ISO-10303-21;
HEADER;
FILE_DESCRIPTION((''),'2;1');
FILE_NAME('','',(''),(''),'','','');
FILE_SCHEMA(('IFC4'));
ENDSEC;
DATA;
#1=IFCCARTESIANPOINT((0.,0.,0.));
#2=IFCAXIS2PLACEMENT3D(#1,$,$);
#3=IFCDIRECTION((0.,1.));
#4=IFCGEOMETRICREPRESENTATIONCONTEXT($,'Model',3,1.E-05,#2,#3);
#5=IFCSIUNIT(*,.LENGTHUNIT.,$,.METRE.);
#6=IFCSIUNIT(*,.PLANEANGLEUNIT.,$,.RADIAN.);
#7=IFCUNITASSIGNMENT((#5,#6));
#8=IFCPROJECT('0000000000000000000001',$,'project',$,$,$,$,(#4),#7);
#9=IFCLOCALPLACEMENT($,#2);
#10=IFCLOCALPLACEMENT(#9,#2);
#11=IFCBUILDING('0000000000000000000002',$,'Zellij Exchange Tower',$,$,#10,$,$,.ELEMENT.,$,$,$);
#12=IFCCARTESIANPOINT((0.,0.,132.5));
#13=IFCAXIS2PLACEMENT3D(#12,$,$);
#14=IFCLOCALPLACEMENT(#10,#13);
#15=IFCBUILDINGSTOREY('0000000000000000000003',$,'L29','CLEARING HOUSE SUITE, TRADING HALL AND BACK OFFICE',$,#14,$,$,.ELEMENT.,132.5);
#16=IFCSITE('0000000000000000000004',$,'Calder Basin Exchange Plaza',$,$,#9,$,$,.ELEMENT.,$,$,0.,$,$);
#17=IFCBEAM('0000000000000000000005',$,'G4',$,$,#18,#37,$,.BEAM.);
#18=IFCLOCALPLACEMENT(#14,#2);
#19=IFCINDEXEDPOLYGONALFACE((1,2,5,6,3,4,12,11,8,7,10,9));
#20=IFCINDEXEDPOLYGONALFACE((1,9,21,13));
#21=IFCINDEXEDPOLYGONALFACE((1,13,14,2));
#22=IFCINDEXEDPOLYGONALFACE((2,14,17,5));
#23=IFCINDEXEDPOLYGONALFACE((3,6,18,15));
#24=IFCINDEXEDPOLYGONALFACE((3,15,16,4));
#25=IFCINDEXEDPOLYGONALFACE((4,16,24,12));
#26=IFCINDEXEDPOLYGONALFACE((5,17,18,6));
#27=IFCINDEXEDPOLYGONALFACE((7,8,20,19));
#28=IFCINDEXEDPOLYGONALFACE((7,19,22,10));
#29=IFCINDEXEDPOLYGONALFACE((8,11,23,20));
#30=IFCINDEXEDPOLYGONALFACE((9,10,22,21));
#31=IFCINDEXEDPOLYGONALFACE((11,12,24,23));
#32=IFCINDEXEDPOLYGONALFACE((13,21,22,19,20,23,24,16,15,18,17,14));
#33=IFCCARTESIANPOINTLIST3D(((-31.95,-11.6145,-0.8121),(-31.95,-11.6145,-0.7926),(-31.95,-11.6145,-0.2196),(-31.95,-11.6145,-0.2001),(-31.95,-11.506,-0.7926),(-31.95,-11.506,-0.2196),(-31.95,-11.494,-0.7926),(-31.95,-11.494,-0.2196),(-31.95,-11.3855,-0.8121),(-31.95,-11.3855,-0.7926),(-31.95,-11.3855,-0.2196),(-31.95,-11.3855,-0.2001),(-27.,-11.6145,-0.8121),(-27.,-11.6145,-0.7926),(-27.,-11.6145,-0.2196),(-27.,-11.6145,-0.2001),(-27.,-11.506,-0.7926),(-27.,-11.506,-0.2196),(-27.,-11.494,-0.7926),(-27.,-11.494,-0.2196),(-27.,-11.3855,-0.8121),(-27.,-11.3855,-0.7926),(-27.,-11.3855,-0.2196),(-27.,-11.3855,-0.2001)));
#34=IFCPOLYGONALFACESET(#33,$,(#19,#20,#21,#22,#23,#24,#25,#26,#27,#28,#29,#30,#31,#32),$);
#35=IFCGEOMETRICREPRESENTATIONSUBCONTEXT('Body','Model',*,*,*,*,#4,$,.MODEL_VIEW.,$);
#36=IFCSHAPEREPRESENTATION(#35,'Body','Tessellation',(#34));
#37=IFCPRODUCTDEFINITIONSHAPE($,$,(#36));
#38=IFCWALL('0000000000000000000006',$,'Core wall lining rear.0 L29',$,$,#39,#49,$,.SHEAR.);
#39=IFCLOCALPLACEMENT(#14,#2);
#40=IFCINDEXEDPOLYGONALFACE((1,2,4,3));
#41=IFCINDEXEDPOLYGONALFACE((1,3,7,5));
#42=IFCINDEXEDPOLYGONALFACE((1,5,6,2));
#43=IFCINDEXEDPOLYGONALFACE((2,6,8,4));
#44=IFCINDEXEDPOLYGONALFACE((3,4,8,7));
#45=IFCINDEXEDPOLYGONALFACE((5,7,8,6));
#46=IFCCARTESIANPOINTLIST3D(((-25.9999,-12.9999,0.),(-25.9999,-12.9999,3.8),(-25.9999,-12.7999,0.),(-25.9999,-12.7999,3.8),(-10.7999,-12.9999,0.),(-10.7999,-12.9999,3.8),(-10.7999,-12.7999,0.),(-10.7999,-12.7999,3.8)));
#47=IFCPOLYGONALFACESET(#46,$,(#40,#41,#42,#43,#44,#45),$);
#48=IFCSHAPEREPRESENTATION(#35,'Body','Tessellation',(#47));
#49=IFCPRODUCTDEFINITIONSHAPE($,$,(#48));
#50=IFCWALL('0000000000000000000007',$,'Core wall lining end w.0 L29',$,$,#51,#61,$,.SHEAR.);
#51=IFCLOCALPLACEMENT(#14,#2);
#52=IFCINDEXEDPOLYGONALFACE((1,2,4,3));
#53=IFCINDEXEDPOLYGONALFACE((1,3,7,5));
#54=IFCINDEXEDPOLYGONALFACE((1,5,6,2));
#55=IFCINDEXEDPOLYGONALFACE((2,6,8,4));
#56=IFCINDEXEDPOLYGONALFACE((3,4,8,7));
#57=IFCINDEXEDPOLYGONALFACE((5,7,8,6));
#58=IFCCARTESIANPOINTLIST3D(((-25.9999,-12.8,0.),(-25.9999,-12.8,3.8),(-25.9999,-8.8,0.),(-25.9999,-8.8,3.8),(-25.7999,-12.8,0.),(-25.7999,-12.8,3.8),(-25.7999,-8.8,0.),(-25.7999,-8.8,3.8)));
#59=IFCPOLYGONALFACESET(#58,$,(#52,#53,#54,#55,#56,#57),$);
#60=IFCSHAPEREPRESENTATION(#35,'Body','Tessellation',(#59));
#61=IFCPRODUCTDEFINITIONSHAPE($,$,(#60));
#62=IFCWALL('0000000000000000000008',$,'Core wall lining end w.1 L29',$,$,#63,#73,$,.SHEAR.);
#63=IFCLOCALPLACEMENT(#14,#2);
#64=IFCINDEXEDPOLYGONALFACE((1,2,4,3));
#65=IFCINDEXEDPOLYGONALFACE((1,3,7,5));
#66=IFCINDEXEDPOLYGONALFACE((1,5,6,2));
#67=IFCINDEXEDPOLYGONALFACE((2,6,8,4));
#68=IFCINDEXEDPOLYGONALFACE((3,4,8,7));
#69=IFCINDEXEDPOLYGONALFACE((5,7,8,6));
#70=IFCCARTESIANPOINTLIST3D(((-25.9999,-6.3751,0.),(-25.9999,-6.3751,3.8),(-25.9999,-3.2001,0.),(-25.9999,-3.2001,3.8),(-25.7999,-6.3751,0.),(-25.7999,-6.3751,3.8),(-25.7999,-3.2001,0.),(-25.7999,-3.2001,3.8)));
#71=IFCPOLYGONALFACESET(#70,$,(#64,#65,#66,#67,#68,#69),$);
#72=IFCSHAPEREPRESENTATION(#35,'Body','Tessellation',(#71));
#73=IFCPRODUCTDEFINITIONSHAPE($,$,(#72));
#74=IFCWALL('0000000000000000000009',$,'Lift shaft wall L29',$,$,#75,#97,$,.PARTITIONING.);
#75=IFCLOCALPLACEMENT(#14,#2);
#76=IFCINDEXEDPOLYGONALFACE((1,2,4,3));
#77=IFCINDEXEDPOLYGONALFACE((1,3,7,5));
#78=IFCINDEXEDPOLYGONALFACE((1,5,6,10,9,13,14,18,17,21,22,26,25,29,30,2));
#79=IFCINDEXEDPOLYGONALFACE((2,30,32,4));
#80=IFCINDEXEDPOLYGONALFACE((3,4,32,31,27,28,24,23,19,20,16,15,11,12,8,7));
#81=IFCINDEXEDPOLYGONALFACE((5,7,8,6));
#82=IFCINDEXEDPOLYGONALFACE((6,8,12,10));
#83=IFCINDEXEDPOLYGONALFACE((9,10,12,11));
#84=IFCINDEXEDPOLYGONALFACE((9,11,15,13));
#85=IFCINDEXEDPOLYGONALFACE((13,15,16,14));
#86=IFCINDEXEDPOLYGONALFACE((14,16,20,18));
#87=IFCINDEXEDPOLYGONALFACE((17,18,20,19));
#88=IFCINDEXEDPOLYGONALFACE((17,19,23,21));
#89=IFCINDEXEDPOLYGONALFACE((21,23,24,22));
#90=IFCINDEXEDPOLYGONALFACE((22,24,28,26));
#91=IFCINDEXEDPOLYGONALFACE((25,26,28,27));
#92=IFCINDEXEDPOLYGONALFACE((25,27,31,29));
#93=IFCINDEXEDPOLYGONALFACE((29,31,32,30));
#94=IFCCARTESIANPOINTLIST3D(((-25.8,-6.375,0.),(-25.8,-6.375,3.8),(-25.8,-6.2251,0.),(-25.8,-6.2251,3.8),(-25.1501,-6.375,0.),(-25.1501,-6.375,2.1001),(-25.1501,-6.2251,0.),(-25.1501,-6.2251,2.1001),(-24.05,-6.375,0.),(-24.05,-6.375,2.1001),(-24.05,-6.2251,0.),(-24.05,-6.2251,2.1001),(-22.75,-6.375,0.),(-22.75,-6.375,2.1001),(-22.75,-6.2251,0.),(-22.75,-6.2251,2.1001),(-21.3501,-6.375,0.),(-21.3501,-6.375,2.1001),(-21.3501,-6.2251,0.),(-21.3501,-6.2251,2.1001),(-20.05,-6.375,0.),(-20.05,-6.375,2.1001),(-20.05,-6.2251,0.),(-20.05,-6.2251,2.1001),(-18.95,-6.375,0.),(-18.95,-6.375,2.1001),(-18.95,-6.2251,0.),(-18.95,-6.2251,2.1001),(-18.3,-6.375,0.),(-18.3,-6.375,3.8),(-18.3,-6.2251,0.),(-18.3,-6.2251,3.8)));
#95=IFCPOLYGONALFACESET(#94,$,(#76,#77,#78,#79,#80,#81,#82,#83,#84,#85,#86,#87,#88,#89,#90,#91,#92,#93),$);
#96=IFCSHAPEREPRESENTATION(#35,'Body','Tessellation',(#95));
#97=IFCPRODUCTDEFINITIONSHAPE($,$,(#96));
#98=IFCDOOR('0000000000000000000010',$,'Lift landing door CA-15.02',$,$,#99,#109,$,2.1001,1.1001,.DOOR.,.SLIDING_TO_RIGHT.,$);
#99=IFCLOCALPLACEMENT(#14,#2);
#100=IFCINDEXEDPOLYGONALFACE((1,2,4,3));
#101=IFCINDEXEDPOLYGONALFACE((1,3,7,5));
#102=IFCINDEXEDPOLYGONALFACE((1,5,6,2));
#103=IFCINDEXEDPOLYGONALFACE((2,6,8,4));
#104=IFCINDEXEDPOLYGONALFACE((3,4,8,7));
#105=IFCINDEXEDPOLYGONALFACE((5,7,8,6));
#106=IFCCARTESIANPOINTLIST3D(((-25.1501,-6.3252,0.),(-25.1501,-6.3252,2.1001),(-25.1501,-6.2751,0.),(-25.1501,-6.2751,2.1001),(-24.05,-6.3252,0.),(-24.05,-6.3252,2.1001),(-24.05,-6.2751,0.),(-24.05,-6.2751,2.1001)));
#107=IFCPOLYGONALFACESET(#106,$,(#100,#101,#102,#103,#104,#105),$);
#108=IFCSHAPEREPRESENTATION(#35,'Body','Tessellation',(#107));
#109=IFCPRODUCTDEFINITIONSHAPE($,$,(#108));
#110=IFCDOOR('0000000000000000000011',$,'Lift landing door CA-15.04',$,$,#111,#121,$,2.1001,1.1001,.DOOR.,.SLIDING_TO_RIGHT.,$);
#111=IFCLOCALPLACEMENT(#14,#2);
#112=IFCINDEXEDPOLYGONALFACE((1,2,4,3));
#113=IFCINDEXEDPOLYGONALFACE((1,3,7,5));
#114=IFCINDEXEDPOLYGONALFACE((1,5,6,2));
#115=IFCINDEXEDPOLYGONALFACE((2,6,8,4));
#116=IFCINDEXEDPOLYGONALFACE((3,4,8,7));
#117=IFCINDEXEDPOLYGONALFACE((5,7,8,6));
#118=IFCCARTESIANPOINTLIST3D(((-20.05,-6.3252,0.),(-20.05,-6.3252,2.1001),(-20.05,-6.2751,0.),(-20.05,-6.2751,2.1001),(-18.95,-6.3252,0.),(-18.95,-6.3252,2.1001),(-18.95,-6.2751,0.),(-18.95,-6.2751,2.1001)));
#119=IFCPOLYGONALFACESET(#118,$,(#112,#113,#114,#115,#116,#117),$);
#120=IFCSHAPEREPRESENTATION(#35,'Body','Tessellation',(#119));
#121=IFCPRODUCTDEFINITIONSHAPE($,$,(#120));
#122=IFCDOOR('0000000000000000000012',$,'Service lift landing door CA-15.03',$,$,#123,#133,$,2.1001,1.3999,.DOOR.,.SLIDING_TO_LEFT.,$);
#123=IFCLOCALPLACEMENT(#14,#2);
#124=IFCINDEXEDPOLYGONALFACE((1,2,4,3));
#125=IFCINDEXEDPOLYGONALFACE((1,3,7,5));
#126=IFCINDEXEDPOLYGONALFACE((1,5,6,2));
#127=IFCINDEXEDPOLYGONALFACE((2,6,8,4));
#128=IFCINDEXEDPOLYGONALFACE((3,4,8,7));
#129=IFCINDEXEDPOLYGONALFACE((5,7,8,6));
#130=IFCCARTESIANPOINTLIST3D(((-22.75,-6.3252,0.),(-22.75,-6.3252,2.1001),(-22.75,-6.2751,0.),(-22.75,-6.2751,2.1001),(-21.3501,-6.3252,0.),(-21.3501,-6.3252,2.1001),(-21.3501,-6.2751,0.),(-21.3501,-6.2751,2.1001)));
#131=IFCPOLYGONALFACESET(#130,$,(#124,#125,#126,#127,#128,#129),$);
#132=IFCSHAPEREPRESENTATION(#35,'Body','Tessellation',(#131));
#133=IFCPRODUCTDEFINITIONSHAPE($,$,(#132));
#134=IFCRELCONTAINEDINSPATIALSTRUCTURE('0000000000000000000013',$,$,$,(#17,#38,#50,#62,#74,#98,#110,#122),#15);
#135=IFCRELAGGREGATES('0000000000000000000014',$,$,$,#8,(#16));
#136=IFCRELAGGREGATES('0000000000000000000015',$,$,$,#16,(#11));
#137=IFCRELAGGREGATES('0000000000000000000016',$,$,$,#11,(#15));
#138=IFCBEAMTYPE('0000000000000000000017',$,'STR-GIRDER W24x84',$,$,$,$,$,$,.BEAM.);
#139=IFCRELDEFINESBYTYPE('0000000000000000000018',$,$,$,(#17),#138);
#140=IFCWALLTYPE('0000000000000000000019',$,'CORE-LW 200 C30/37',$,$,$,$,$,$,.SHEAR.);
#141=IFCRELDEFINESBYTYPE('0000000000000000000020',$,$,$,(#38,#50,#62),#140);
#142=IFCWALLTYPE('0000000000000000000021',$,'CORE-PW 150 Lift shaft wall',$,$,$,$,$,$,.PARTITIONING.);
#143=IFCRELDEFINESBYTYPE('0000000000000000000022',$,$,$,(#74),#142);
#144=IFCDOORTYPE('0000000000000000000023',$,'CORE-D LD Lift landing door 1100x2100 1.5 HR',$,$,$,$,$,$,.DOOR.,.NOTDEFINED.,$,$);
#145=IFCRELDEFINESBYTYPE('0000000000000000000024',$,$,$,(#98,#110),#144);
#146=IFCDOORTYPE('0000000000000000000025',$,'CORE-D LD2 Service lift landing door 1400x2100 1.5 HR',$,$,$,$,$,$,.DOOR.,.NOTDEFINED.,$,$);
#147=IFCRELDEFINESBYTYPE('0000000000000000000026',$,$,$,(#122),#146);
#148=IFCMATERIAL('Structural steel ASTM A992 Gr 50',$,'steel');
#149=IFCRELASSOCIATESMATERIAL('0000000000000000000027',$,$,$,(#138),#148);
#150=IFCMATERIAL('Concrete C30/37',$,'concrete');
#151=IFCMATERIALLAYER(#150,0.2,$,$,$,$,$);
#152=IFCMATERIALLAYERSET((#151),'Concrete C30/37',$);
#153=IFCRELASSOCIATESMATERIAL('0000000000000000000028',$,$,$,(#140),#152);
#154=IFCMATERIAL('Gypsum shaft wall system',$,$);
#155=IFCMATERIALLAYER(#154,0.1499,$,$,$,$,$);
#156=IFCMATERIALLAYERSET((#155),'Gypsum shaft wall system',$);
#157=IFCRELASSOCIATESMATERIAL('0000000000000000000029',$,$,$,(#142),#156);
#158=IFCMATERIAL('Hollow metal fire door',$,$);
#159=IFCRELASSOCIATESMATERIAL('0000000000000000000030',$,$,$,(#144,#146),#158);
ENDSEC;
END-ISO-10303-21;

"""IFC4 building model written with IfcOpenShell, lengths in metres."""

from ifc_helpers import new_model, si_unit, direction, frame, frame_2d, origin, origin_2d, place, context, subcontext, project, spatial, rectangle, i_section, extrude, material, layer, layer_set, material_profile, profile_set, type_object, element, fill, save


model = new_model("IFC4")

# Units and contexts
model_context = context("Model", 3, precision=1e-05, world=origin(), true_north=direction((0.0, 1.0)))
body_context = subcontext(model_context, "Body", "Model", "MODEL_VIEW")
ifc_project = project(units=[si_unit("LENGTHUNIT", "METRE"), si_unit("PLANEANGLEUNIT", "RADIAN")], contexts=[model_context])

# Site, building, storey
site_placement = place(None, origin())
site = spatial("IfcSite", under=ifc_project, at=site_placement, Name="Calder Basin Exchange Plaza", CompositionType="ELEMENT", RefElevation=0.0)
building_placement = place(site_placement, origin())
building = spatial("IfcBuilding", under=site, at=building_placement, Name="Zellij Exchange Tower", CompositionType="ELEMENT")
storey_placement = place(building_placement, frame((0.0, 0.0, 132.5)))
storey = spatial("IfcBuildingStorey", under=building, at=storey_placement, Name="L29", Description="CLEARING HOUSE SUITE, TRADING HALL AND BACK OFFICE", CompositionType="ELEMENT", Elevation=132.5)

# Beam
ifc_material_1 = material(Name="Structural steel ASTM A992 Gr 50", Category="steel")
ifc_material_profile = material_profile(ifc_material_1, i_section(OverallWidth=0.229, OverallDepth=0.6121, WebThickness=0.012, FlangeThickness=0.0195, at=origin_2d()), Name="W24x84")
ifc_profile_set = profile_set([ifc_material_profile], Name="Structural steel ASTM A992 Gr 50")
beam_type = type_object("IfcBeamType", Name="STR-GIRDER W24x84", PredefinedType="BEAM", material=ifc_profile_set)
beam_placement = place(storey_placement, frame((-31.95, -11.5, -0.5061), z_axis=(1.0, 0.0, 0.0), x_axis=(0.0, 1.0, 0.0)))
element("IfcBeam", 1, at=beam_placement, inside=storey, type_object=beam_type, Name="G4", PredefinedType="BEAM", context=body_context, shape_type="SweptSolid", body=[
    extrude(i_section(OverallWidth=0.229, OverallDepth=0.6121, WebThickness=0.012, FlangeThickness=0.0195, at=origin_2d()), origin(), (0.0, 0.0, 1.0), 4.95),
])

# Walls
ifc_material_2 = material(Name="Concrete C30/37", Category="concrete")
ifc_layer_1 = layer(ifc_material_2, 0.2)
ifc_layer_set_1 = layer_set([ifc_layer_1], Name="Concrete C30/37")
wall_type_1 = type_object("IfcWallType", Name="CORE-LW 200 C30/37", PredefinedType="SHEAR", material=ifc_layer_set_1)
wall_1_placement = place(storey_placement, frame((-26.0, -12.8999, 0.0), z_axis=(0.0, 0.0, 1.0), x_axis=(1.0, 0.0, 0.0)))
element("IfcWall", 2, at=wall_1_placement, inside=storey, type_object=wall_type_1, Name="Core wall lining rear.0 L29", PredefinedType="SHEAR", context=body_context, shape_type="SweptSolid", body=[
    extrude(rectangle(XDim=15.2, YDim=0.2, at=frame_2d((7.6001, 0.0))), origin(), (0.0, 0.0, 1.0), 3.8),
])
wall_2_placement = place(storey_placement, frame((-25.8999, -12.8, 0.0), z_axis=(0.0, 0.0, 1.0), x_axis=(0.0, 1.0, 0.0)))
element("IfcWall", 3, at=wall_2_placement, inside=storey, type_object=wall_type_1, Name="Core wall lining end w.0 L29", PredefinedType="SHEAR", context=body_context, shape_type="SweptSolid", body=[
    extrude(rectangle(XDim=4.0, YDim=0.2, at=frame_2d((2.0, 0.0))), origin(), (0.0, 0.0, 1.0), 3.8),
])
wall_3_placement = place(storey_placement, frame((-25.8999, -6.375, 0.0), z_axis=(0.0, 0.0, 1.0), x_axis=(0.0, 1.0, 0.0)))
element("IfcWall", 4, at=wall_3_placement, inside=storey, type_object=wall_type_1, Name="Core wall lining end w.1 L29", PredefinedType="SHEAR", context=body_context, shape_type="SweptSolid", body=[
    extrude(rectangle(XDim=3.175, YDim=0.2, at=frame_2d((1.5874, 0.0))), origin(), (0.0, 0.0, 1.0), 3.8),
])

# Wall, openings, doors
ifc_material_3 = material(Name="Gypsum shaft wall system")
ifc_layer_2 = layer(ifc_material_3, 0.1499)
ifc_layer_set_2 = layer_set([ifc_layer_2], Name="Gypsum shaft wall system")
wall_type_2 = type_object("IfcWallType", Name="CORE-PW 150 Lift shaft wall", PredefinedType="PARTITIONING", material=ifc_layer_set_2)
wall_4_placement = place(storey_placement, frame((-25.8, -6.3, 0.0), z_axis=(0.0, 0.0, 1.0), x_axis=(1.0, 0.0, 0.0)))
wall_4 = element("IfcWall", 5, at=wall_4_placement, inside=storey, type_object=wall_type_2, Name="Lift shaft wall L29", PredefinedType="PARTITIONING", context=body_context, shape_type="SweptSolid", body=[
    extrude(rectangle(XDim=7.5, YDim=0.1499, at=frame_2d((3.75, 0.0))), origin(), (0.0, 0.0, 1.0), 3.8),
])
opening_1_placement = place(wall_4_placement, frame((0.6499, 0.0, 0.0)))
opening_1 = element("IfcOpeningElement", 6, at=opening_1_placement, cuts=wall_4, PredefinedType="OPENING", context=body_context, shape_type="SweptSolid", body=[
    extrude(rectangle(XDim=1.1001, YDim=2.1001, at=frame_2d((0.55, 1.05))), frame((0.0, 0.0869, 0.0), z_axis=(0.0, -1.0, 0.0), x_axis=(1.0, 0.0, 0.0)), (0.0, 0.0, 1.0), 0.1738),
])
opening_2_placement = place(wall_4_placement, frame((3.05, 0.0, 0.0)))
opening_2 = element("IfcOpeningElement", 7, at=opening_2_placement, cuts=wall_4, PredefinedType="OPENING", context=body_context, shape_type="SweptSolid", body=[
    extrude(rectangle(XDim=1.3999, YDim=2.1001, at=frame_2d((0.7, 1.05))), frame((0.0, 0.0869, 0.0), z_axis=(0.0, -1.0, 0.0), x_axis=(1.0, 0.0, 0.0)), (0.0, 0.0, 1.0), 0.1738),
])
opening_3_placement = place(wall_4_placement, frame((5.75, 0.0, 0.0)))
opening_3 = element("IfcOpeningElement", 8, at=opening_3_placement, cuts=wall_4, PredefinedType="OPENING", context=body_context, shape_type="SweptSolid", body=[
    extrude(rectangle(XDim=1.1001, YDim=2.1001, at=frame_2d((0.55, 1.05))), frame((0.0, 0.0869, 0.0), z_axis=(0.0, -1.0, 0.0), x_axis=(1.0, 0.0, 0.0)), (0.0, 0.0, 1.0), 0.1738),
])
ifc_material_4 = material(Name="Hollow metal fire door")
door_type_1 = type_object("IfcDoorType", Name="CORE-D LD Lift landing door 1100x2100 1.5 HR", OperationType="NOTDEFINED", PredefinedType="DOOR", material=ifc_material_4)
door_1_placement = place(opening_1_placement, origin())
door_1 = element("IfcDoor", 9, at=door_1_placement, inside=storey, type_object=door_type_1, Name="Lift landing door CA-15.02", OperationType="SLIDING_TO_RIGHT", OverallHeight=2.1001, OverallWidth=1.1001, PredefinedType="DOOR", context=body_context, shape_type="SweptSolid", body=[
    extrude(rectangle(XDim=1.1001, YDim=2.1001, at=frame_2d((0.55, 1.05))), frame((0.0, 0.0249, 0.0), z_axis=(0.0, -1.0, 0.0), x_axis=(1.0, 0.0, 0.0)), (0.0, 0.0, 1.0), 0.05),
])
fill(opening_1, door_1)
door_2_placement = place(opening_3_placement, origin())
door_2 = element("IfcDoor", 10, at=door_2_placement, inside=storey, type_object=door_type_1, Name="Lift landing door CA-15.04", OperationType="SLIDING_TO_RIGHT", OverallHeight=2.1001, OverallWidth=1.1001, PredefinedType="DOOR", context=body_context, shape_type="SweptSolid", body=[
    extrude(rectangle(XDim=1.1001, YDim=2.1001, at=frame_2d((0.55, 1.05))), frame((0.0, 0.0249, 0.0), z_axis=(0.0, -1.0, 0.0), x_axis=(1.0, 0.0, 0.0)), (0.0, 0.0, 1.0), 0.05),
])
fill(opening_3, door_2)
door_type_2 = type_object("IfcDoorType", Name="CORE-D LD2 Service lift landing door 1400x2100 1.5 HR", OperationType="NOTDEFINED", PredefinedType="DOOR", material=ifc_material_4)
door_3_placement = place(opening_2_placement, origin())
door_3 = element("IfcDoor", 11, at=door_3_placement, inside=storey, type_object=door_type_2, Name="Service lift landing door CA-15.03", OperationType="SLIDING_TO_LEFT", OverallHeight=2.1001, OverallWidth=1.3999, PredefinedType="DOOR", context=body_context, shape_type="SweptSolid", body=[
    extrude(rectangle(XDim=1.3999, YDim=2.1001, at=frame_2d((0.7, 1.05))), frame((0.0, 0.0249, 0.0), z_axis=(0.0, -1.0, 0.0), x_axis=(1.0, 0.0, 0.0)), (0.0, 0.0, 1.0), 0.05),
])
fill(opening_2, door_3)

save(model, "model.ifc")
